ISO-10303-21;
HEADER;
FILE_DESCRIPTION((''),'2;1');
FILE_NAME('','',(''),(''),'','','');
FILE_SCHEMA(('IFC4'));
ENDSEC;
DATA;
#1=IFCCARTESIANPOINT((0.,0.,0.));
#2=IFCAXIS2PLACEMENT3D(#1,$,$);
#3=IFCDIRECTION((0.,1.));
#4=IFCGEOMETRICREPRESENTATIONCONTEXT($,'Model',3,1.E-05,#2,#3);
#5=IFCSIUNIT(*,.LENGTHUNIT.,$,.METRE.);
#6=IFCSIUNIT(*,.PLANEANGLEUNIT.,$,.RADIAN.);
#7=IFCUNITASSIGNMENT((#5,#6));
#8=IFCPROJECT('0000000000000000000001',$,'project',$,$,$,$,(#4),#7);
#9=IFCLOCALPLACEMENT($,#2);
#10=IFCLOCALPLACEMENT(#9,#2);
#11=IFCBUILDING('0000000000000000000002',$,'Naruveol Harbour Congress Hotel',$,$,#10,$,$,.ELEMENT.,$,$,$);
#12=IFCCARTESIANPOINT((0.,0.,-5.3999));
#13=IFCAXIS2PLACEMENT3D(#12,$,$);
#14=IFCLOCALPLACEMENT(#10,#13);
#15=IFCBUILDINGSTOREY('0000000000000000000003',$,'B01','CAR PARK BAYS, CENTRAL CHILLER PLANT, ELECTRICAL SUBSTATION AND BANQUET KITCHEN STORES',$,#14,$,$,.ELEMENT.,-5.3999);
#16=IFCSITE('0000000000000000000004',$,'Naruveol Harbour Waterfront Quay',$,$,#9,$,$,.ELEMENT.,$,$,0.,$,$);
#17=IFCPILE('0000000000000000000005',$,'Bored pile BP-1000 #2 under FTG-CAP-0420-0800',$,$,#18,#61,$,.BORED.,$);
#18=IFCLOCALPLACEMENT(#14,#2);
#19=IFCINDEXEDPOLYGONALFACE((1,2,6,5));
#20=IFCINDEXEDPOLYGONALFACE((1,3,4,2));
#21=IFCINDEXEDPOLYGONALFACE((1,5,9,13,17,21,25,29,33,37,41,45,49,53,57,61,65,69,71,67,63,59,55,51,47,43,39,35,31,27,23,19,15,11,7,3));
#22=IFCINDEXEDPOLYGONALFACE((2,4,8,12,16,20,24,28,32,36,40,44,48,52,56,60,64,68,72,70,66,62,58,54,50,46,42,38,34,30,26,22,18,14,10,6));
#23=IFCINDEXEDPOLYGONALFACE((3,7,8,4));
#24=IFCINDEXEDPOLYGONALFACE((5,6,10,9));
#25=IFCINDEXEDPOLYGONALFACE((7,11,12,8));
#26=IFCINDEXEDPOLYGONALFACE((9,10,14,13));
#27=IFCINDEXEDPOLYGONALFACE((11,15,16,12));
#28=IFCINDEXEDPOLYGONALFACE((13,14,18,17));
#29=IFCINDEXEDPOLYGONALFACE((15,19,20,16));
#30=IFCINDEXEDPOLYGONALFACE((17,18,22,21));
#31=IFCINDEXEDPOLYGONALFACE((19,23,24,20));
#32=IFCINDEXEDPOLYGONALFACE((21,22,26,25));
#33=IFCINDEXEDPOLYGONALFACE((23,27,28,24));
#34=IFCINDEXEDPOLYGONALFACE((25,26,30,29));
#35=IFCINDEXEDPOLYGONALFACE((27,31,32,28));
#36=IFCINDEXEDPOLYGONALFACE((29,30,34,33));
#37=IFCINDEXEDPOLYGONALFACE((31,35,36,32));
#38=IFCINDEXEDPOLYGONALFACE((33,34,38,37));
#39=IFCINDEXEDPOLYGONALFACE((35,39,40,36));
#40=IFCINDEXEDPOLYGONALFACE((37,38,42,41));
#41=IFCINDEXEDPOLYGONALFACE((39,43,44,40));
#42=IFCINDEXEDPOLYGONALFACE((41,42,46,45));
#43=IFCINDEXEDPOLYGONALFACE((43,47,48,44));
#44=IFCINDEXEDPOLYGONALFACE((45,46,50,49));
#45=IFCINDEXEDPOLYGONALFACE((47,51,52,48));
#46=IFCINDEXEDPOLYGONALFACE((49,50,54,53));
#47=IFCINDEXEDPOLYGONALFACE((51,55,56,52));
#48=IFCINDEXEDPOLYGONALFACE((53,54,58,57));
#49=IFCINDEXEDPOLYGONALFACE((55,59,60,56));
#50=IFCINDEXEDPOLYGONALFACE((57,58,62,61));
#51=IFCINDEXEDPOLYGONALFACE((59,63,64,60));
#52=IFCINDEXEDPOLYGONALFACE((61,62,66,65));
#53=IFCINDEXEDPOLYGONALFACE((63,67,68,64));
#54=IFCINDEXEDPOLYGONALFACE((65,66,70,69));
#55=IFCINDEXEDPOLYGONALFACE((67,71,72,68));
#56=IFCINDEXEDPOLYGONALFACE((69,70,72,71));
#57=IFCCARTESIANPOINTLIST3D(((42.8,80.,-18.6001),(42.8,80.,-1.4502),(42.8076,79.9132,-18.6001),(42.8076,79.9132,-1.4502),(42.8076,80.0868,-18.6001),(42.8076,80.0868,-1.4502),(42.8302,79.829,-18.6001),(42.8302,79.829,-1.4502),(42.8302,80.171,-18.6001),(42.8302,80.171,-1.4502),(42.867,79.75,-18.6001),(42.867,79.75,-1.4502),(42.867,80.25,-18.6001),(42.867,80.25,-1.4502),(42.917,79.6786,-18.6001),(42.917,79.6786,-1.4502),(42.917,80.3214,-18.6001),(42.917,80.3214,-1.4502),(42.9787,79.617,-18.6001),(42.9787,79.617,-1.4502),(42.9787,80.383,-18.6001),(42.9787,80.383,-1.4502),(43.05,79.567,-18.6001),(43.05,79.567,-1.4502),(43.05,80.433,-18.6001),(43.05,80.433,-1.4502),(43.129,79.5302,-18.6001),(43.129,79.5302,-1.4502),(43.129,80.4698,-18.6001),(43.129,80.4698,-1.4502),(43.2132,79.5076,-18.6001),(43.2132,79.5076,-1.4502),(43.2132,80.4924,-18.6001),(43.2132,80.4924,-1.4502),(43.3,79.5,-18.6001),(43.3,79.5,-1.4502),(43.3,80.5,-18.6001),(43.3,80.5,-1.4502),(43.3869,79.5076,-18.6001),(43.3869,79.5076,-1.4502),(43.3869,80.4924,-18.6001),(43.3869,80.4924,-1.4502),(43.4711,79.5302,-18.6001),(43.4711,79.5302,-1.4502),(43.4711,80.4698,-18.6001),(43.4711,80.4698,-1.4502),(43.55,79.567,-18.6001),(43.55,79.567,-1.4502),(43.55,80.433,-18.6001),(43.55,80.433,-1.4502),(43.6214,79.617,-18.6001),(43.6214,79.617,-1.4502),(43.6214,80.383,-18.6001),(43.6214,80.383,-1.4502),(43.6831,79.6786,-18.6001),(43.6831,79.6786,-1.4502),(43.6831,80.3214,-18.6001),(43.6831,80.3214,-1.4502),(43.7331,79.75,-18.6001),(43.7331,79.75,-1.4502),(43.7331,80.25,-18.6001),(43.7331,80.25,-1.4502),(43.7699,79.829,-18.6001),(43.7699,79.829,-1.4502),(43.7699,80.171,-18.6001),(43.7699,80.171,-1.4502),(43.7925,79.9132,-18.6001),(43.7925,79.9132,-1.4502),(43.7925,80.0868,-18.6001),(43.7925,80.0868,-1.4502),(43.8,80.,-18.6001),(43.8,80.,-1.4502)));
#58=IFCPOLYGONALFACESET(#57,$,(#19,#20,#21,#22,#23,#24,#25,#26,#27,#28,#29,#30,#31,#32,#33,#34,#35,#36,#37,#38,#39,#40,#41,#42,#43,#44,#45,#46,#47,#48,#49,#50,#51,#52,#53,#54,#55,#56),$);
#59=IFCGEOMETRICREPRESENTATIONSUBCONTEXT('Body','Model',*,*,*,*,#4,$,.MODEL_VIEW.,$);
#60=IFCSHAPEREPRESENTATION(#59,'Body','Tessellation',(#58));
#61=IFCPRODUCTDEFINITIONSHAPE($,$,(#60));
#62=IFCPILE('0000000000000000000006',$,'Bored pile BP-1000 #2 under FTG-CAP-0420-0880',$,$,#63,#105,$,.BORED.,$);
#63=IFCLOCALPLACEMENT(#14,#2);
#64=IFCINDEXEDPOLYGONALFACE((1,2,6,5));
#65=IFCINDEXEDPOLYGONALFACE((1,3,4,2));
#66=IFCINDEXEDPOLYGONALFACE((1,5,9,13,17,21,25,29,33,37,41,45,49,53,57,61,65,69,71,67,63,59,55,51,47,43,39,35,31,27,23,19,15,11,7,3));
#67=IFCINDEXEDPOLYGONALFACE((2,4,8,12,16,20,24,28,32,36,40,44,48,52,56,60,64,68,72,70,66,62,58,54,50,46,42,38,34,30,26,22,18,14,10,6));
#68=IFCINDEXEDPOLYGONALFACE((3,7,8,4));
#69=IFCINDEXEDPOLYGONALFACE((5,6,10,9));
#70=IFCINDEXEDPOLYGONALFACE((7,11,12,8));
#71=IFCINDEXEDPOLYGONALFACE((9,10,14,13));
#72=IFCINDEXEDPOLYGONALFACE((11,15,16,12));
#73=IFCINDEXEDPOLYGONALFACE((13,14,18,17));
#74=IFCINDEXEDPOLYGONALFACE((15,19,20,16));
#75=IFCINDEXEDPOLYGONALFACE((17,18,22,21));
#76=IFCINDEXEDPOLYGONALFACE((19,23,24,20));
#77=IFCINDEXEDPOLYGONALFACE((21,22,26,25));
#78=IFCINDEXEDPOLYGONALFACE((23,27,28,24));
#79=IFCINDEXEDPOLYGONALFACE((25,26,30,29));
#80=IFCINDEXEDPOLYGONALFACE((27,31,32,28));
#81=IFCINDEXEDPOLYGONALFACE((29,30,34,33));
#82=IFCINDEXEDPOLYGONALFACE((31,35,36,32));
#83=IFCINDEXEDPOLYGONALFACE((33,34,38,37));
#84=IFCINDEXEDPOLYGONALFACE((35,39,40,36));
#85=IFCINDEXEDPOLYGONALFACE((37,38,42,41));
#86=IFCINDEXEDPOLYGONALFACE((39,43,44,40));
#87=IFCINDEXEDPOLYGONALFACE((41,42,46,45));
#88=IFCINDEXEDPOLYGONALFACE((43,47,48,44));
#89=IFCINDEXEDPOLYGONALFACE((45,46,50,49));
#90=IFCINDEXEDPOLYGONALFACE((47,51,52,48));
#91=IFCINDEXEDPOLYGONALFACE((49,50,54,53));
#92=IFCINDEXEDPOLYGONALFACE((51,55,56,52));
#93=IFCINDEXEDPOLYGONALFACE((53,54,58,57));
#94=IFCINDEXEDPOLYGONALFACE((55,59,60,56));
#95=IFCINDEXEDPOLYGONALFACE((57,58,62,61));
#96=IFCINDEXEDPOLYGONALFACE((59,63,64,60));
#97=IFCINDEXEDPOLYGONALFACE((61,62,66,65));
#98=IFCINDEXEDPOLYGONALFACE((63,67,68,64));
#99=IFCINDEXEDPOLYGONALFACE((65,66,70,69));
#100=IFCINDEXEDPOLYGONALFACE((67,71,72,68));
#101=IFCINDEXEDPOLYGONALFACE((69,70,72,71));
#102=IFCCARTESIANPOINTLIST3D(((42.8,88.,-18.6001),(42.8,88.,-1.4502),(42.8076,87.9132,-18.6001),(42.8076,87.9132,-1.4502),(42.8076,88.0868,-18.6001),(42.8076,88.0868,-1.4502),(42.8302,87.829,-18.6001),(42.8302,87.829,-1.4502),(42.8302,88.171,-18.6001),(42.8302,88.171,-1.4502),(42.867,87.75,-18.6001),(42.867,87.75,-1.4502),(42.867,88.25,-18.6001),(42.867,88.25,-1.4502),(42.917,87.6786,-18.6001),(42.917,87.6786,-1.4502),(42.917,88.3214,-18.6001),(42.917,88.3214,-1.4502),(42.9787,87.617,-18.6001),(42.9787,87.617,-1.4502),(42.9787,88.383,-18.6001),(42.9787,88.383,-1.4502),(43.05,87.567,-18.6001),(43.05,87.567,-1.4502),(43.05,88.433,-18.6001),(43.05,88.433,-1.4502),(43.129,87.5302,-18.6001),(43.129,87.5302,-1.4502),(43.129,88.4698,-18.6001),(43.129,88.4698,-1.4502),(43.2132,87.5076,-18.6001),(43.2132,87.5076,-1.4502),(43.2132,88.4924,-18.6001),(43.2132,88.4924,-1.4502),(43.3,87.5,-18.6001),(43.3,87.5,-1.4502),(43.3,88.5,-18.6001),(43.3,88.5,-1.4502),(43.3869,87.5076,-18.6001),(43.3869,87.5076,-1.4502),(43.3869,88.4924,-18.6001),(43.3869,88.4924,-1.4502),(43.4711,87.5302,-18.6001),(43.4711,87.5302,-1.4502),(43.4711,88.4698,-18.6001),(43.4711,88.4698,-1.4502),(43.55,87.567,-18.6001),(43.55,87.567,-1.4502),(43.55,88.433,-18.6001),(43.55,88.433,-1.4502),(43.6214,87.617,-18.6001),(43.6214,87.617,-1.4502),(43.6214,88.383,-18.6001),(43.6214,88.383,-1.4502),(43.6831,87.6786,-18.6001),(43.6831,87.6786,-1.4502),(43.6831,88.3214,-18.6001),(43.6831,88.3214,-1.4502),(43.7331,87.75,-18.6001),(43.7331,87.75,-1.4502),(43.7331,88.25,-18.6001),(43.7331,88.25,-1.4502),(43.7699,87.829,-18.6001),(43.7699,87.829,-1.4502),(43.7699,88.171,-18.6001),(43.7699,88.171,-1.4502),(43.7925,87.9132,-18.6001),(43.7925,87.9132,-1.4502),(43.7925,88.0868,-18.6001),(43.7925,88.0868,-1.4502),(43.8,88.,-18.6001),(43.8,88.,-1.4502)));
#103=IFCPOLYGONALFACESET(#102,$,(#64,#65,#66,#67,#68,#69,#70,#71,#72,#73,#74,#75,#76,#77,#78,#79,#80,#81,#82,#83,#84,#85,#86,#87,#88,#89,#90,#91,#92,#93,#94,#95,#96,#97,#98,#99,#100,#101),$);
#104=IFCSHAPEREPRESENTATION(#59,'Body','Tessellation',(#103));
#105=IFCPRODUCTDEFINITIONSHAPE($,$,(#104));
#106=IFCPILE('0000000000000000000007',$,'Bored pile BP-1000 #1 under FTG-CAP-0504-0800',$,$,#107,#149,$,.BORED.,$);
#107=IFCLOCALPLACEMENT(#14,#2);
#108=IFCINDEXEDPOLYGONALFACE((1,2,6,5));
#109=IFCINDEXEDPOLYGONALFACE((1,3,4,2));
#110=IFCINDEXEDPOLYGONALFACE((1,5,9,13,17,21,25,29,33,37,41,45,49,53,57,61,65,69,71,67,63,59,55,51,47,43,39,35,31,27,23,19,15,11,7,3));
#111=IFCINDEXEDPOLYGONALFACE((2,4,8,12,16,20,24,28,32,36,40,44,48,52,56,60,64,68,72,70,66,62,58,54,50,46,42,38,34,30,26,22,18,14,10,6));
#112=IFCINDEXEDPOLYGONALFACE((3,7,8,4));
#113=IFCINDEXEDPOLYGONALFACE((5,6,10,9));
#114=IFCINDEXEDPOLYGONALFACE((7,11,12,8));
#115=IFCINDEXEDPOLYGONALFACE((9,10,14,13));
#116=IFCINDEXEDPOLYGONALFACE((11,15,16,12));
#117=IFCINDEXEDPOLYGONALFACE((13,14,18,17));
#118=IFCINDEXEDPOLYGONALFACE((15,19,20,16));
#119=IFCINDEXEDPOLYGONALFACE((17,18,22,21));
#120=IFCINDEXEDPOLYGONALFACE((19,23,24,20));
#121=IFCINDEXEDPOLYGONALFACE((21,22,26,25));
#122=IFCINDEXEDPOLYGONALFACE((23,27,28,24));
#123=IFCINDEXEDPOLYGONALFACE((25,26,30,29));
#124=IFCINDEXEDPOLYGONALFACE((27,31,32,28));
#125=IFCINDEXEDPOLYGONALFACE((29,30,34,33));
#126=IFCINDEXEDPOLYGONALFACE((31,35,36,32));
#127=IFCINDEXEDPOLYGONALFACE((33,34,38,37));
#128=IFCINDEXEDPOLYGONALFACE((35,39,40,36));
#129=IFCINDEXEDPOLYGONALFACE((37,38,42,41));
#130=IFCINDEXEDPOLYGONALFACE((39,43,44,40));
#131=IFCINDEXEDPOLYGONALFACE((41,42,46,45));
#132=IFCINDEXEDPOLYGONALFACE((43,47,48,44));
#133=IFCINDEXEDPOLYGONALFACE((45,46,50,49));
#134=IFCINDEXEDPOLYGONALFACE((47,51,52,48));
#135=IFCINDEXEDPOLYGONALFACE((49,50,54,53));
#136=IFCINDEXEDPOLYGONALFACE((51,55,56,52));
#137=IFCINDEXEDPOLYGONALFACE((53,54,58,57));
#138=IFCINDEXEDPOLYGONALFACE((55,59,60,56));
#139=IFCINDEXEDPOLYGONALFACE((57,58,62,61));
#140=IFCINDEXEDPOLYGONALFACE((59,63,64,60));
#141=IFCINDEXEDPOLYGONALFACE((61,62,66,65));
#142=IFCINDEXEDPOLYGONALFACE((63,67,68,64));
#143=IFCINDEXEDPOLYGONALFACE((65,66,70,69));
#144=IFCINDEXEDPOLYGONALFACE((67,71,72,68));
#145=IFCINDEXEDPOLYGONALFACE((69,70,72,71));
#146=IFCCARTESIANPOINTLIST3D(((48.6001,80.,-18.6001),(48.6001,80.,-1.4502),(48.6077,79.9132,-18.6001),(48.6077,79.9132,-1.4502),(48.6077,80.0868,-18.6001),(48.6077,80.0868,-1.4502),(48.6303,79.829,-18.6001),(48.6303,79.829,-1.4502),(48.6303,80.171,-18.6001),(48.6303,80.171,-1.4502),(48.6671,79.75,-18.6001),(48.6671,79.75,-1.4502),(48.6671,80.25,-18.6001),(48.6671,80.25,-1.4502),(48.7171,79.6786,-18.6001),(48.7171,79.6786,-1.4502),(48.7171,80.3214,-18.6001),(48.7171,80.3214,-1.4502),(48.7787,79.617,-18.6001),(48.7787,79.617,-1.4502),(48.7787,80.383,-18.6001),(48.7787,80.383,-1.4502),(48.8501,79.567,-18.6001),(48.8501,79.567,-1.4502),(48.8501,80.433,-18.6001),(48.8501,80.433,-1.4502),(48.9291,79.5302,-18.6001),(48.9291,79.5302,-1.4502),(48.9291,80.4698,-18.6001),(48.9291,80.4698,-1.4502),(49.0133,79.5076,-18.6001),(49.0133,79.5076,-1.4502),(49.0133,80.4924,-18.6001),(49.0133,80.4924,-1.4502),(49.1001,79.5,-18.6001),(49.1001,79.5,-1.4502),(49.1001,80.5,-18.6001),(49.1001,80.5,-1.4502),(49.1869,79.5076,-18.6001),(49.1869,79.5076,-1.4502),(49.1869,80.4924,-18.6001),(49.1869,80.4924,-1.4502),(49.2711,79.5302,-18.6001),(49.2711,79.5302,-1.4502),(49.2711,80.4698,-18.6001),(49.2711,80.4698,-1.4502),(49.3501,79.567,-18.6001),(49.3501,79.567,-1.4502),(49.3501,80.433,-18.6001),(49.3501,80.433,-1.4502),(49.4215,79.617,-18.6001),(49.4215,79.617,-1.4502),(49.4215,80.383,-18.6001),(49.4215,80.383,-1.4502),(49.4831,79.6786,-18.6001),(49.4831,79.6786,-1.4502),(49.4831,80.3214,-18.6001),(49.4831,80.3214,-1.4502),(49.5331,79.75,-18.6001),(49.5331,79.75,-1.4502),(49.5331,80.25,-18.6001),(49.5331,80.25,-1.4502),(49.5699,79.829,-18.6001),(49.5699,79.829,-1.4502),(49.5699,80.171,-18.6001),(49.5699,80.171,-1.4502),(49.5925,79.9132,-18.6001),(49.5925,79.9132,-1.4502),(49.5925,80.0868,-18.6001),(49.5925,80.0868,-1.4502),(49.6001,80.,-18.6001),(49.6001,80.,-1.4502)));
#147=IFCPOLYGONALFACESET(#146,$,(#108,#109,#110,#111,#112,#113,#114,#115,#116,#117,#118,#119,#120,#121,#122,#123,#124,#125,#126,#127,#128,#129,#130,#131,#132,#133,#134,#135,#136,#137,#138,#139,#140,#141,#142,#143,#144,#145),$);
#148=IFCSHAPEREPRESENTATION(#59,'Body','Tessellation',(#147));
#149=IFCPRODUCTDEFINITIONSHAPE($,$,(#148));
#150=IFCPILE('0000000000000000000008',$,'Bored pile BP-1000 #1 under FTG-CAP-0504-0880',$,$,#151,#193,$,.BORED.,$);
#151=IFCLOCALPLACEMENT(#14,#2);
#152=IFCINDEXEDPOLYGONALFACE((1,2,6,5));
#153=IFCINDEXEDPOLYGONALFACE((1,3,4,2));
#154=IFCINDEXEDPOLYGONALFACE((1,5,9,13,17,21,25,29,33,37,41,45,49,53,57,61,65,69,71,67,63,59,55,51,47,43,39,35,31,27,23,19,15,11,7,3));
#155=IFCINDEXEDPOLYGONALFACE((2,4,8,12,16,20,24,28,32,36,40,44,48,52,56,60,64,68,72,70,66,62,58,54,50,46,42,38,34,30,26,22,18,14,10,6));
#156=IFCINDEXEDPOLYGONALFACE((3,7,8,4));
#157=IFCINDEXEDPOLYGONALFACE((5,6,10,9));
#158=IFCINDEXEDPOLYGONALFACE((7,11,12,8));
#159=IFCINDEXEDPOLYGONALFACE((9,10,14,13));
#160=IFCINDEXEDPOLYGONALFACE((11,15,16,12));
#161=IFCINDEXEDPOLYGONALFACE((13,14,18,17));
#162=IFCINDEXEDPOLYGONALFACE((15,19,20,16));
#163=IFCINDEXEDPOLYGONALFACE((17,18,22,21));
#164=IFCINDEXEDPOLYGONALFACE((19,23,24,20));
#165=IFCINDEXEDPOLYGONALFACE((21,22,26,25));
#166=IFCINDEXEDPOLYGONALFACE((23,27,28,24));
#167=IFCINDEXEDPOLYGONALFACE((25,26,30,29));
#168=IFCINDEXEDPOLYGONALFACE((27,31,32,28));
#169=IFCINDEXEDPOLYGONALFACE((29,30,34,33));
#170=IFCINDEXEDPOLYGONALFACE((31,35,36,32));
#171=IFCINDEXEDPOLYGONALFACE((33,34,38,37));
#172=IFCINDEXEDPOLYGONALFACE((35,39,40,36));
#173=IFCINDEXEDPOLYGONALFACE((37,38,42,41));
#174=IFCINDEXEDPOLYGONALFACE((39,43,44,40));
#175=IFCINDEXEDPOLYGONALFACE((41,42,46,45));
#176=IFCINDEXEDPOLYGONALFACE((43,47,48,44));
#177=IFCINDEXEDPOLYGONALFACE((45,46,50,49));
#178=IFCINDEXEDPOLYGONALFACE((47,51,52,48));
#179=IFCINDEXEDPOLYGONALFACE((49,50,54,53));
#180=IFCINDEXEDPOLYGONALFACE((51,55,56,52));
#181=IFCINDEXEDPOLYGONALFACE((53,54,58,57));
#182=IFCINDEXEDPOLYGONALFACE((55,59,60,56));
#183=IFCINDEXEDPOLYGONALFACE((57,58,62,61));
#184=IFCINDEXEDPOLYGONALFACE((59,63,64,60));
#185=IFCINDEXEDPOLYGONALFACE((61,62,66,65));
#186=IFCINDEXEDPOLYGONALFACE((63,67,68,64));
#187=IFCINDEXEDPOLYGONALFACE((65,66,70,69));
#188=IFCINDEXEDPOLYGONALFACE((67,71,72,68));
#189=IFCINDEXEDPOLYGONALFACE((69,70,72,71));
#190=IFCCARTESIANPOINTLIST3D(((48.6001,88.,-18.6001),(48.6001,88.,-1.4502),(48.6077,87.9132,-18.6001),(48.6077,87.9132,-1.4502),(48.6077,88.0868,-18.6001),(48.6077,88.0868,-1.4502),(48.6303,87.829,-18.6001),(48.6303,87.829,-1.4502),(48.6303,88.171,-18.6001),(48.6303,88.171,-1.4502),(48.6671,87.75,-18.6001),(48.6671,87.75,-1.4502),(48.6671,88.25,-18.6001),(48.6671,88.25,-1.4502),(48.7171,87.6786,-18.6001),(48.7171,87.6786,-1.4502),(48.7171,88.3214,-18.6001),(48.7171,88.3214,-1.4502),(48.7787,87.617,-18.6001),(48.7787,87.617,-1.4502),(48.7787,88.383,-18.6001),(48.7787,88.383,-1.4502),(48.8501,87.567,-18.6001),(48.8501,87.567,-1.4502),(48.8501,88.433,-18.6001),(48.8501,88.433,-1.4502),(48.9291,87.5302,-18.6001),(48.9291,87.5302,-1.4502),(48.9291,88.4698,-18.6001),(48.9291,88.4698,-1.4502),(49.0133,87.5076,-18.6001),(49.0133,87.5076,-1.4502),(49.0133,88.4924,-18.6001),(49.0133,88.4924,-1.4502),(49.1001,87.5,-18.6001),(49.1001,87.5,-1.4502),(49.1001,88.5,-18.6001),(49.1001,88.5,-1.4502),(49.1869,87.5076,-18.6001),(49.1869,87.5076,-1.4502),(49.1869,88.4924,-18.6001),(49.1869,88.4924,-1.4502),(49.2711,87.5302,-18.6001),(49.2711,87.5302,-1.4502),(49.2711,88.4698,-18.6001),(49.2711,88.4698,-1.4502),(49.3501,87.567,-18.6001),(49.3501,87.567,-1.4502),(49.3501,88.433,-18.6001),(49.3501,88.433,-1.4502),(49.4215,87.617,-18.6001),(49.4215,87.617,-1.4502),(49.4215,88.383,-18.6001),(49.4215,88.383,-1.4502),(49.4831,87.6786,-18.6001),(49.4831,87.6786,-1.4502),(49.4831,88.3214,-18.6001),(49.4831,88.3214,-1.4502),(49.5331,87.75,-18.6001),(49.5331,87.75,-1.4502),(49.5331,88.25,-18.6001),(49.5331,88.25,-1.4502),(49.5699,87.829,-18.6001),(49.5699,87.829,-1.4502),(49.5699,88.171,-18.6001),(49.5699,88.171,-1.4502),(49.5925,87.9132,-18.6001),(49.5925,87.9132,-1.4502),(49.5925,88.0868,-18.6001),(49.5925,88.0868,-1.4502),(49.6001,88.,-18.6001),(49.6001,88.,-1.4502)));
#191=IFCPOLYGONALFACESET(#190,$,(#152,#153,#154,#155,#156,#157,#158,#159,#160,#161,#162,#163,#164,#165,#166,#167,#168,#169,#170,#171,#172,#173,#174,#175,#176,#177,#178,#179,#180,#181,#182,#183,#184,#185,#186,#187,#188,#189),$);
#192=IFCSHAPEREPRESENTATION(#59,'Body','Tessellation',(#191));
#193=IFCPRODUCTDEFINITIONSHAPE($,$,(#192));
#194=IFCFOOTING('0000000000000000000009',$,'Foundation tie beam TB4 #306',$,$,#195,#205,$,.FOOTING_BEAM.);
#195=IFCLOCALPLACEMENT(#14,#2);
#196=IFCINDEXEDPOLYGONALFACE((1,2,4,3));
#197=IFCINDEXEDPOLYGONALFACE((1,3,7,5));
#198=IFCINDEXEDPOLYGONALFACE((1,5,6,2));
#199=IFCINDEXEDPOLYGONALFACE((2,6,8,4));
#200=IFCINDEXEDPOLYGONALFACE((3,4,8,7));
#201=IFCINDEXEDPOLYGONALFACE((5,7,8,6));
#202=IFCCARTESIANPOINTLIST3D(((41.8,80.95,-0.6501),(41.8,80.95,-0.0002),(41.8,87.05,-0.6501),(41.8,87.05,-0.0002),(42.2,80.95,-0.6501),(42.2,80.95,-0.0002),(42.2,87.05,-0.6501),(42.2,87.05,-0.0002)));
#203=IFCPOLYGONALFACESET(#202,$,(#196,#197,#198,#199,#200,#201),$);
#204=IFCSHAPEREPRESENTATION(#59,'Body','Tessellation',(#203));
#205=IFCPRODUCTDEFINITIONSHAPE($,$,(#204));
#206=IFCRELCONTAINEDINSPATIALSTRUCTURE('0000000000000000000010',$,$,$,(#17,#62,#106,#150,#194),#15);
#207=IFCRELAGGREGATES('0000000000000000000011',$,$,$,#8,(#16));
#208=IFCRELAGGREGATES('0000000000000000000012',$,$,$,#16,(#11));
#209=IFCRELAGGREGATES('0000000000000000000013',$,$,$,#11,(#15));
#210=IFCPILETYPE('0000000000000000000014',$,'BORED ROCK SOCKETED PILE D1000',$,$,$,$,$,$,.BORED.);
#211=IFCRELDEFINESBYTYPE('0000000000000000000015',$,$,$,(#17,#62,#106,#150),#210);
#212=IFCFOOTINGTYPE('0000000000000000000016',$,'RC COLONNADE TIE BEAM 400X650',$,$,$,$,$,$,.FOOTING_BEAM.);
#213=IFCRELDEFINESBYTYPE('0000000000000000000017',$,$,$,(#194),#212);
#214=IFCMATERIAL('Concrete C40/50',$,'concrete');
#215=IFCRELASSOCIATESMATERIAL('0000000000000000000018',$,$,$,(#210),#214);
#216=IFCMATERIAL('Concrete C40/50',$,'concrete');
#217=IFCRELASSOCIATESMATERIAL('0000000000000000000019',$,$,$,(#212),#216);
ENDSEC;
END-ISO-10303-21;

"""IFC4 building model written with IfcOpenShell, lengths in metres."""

from ifc_helpers import new_model, si_unit, direction, frame, origin, origin_2d, place, context, subcontext, project, spatial, rectangle, circle, extrude, material, material_profile, profile_set, type_object, element, save


model = new_model("IFC4")

# Units and contexts
model_context = context("Model", 3, precision=1e-05, world=origin(), true_north=direction((0.0, 1.0)))
body_context = subcontext(model_context, "Body", "Model", "MODEL_VIEW")
ifc_project = project(units=[si_unit("LENGTHUNIT", "METRE"), si_unit("PLANEANGLEUNIT", "RADIAN")], contexts=[model_context])

# Site, building, storey
site_placement = place(None, origin())
site = spatial("IfcSite", under=ifc_project, at=site_placement, Name="Naruveol Harbour Waterfront Quay", CompositionType="ELEMENT", RefElevation=0.0)
building_placement = place(site_placement, origin())
building = spatial("IfcBuilding", under=site, at=building_placement, Name="Naruveol Harbour Congress Hotel", CompositionType="ELEMENT")
storey_placement = place(building_placement, frame((0.0, 0.0, -5.3999)))
storey = spatial("IfcBuildingStorey", under=building, at=storey_placement, Name="B01", Description="CAR PARK BAYS, CENTRAL CHILLER PLANT, ELECTRICAL SUBSTATION AND BANQUET KITCHEN STORES", CompositionType="ELEMENT", Elevation=-5.3999)

# Piles
ifc_material_1 = material(Name="Concrete C40/50", Category="concrete")
ifc_material_profile_1 = material_profile(ifc_material_1, circle(Radius=0.5, at=origin_2d()), Name="BP-1000")
ifc_profile_set_1 = profile_set([ifc_material_profile_1], Name="Concrete C40/50")
pile_type = type_object("IfcPileType", Name="BORED ROCK SOCKETED PILE D1000", PredefinedType="BORED", material=ifc_profile_set_1)
for number, where, z_axis, x_axis, name in (
    (1, (43.3, 80.0, -1.4502), (0.0, 0.0, -1.0), (1.0, 0.0, 0.0), "Bored pile BP-1000 #2 under FTG-CAP-0420-0800"),
    (2, (43.3, 88.0, -1.4502), (0.0, 0.0, -1.0), (1.0, 0.0, 0.0), "Bored pile BP-1000 #2 under FTG-CAP-0420-0880"),
    (3, (49.1001, 80.0, -1.4502), (0.0, 0.0, -1.0), (1.0, 0.0, 0.0), "Bored pile BP-1000 #1 under FTG-CAP-0504-0800"),
    (4, (49.1001, 88.0, -1.4502), (0.0, 0.0, -1.0), (1.0, 0.0, 0.0), "Bored pile BP-1000 #1 under FTG-CAP-0504-0880"),
):
    element("IfcPile", number, at=place(storey_placement, frame(where, z_axis=z_axis, x_axis=x_axis)), inside=storey, type_object=pile_type, Name=name, PredefinedType="BORED", context=body_context, shape_type="SweptSolid", body=[
        extrude(circle(Radius=0.5, at=origin_2d()), origin(), (0.0, 0.0, 1.0), 17.1499),
    ])

# Footing
ifc_material_2 = material(Name="Concrete C40/50", Category="concrete")
ifc_material_profile_2 = material_profile(ifc_material_2, rectangle(XDim=0.3999, YDim=0.6499, at=origin_2d()), Name="RCB-400x650")
ifc_profile_set_2 = profile_set([ifc_material_profile_2], Name="Concrete C40/50")
footing_type_1 = type_object("IfcFootingType", Name="RC COLONNADE TIE BEAM 400X650", PredefinedType="FOOTING_BEAM", material=ifc_profile_set_2)
footing_1_placement = place(storey_placement, frame((42.0, 80.95, -0.3252), z_axis=(0.0, 1.0, 0.0), x_axis=(-1.0, 0.0, 0.0)))
element("IfcFooting", 5, at=footing_1_placement, inside=storey, type_object=footing_type_1, Name="Foundation tie beam TB4 #306", PredefinedType="FOOTING_BEAM", context=body_context, shape_type="SweptSolid", body=[
    extrude(rectangle(XDim=0.3999, YDim=0.6499, at=origin_2d()), origin(), (0.0, 0.0, 1.0), 6.1001),
])

save(model, "model.ifc")
